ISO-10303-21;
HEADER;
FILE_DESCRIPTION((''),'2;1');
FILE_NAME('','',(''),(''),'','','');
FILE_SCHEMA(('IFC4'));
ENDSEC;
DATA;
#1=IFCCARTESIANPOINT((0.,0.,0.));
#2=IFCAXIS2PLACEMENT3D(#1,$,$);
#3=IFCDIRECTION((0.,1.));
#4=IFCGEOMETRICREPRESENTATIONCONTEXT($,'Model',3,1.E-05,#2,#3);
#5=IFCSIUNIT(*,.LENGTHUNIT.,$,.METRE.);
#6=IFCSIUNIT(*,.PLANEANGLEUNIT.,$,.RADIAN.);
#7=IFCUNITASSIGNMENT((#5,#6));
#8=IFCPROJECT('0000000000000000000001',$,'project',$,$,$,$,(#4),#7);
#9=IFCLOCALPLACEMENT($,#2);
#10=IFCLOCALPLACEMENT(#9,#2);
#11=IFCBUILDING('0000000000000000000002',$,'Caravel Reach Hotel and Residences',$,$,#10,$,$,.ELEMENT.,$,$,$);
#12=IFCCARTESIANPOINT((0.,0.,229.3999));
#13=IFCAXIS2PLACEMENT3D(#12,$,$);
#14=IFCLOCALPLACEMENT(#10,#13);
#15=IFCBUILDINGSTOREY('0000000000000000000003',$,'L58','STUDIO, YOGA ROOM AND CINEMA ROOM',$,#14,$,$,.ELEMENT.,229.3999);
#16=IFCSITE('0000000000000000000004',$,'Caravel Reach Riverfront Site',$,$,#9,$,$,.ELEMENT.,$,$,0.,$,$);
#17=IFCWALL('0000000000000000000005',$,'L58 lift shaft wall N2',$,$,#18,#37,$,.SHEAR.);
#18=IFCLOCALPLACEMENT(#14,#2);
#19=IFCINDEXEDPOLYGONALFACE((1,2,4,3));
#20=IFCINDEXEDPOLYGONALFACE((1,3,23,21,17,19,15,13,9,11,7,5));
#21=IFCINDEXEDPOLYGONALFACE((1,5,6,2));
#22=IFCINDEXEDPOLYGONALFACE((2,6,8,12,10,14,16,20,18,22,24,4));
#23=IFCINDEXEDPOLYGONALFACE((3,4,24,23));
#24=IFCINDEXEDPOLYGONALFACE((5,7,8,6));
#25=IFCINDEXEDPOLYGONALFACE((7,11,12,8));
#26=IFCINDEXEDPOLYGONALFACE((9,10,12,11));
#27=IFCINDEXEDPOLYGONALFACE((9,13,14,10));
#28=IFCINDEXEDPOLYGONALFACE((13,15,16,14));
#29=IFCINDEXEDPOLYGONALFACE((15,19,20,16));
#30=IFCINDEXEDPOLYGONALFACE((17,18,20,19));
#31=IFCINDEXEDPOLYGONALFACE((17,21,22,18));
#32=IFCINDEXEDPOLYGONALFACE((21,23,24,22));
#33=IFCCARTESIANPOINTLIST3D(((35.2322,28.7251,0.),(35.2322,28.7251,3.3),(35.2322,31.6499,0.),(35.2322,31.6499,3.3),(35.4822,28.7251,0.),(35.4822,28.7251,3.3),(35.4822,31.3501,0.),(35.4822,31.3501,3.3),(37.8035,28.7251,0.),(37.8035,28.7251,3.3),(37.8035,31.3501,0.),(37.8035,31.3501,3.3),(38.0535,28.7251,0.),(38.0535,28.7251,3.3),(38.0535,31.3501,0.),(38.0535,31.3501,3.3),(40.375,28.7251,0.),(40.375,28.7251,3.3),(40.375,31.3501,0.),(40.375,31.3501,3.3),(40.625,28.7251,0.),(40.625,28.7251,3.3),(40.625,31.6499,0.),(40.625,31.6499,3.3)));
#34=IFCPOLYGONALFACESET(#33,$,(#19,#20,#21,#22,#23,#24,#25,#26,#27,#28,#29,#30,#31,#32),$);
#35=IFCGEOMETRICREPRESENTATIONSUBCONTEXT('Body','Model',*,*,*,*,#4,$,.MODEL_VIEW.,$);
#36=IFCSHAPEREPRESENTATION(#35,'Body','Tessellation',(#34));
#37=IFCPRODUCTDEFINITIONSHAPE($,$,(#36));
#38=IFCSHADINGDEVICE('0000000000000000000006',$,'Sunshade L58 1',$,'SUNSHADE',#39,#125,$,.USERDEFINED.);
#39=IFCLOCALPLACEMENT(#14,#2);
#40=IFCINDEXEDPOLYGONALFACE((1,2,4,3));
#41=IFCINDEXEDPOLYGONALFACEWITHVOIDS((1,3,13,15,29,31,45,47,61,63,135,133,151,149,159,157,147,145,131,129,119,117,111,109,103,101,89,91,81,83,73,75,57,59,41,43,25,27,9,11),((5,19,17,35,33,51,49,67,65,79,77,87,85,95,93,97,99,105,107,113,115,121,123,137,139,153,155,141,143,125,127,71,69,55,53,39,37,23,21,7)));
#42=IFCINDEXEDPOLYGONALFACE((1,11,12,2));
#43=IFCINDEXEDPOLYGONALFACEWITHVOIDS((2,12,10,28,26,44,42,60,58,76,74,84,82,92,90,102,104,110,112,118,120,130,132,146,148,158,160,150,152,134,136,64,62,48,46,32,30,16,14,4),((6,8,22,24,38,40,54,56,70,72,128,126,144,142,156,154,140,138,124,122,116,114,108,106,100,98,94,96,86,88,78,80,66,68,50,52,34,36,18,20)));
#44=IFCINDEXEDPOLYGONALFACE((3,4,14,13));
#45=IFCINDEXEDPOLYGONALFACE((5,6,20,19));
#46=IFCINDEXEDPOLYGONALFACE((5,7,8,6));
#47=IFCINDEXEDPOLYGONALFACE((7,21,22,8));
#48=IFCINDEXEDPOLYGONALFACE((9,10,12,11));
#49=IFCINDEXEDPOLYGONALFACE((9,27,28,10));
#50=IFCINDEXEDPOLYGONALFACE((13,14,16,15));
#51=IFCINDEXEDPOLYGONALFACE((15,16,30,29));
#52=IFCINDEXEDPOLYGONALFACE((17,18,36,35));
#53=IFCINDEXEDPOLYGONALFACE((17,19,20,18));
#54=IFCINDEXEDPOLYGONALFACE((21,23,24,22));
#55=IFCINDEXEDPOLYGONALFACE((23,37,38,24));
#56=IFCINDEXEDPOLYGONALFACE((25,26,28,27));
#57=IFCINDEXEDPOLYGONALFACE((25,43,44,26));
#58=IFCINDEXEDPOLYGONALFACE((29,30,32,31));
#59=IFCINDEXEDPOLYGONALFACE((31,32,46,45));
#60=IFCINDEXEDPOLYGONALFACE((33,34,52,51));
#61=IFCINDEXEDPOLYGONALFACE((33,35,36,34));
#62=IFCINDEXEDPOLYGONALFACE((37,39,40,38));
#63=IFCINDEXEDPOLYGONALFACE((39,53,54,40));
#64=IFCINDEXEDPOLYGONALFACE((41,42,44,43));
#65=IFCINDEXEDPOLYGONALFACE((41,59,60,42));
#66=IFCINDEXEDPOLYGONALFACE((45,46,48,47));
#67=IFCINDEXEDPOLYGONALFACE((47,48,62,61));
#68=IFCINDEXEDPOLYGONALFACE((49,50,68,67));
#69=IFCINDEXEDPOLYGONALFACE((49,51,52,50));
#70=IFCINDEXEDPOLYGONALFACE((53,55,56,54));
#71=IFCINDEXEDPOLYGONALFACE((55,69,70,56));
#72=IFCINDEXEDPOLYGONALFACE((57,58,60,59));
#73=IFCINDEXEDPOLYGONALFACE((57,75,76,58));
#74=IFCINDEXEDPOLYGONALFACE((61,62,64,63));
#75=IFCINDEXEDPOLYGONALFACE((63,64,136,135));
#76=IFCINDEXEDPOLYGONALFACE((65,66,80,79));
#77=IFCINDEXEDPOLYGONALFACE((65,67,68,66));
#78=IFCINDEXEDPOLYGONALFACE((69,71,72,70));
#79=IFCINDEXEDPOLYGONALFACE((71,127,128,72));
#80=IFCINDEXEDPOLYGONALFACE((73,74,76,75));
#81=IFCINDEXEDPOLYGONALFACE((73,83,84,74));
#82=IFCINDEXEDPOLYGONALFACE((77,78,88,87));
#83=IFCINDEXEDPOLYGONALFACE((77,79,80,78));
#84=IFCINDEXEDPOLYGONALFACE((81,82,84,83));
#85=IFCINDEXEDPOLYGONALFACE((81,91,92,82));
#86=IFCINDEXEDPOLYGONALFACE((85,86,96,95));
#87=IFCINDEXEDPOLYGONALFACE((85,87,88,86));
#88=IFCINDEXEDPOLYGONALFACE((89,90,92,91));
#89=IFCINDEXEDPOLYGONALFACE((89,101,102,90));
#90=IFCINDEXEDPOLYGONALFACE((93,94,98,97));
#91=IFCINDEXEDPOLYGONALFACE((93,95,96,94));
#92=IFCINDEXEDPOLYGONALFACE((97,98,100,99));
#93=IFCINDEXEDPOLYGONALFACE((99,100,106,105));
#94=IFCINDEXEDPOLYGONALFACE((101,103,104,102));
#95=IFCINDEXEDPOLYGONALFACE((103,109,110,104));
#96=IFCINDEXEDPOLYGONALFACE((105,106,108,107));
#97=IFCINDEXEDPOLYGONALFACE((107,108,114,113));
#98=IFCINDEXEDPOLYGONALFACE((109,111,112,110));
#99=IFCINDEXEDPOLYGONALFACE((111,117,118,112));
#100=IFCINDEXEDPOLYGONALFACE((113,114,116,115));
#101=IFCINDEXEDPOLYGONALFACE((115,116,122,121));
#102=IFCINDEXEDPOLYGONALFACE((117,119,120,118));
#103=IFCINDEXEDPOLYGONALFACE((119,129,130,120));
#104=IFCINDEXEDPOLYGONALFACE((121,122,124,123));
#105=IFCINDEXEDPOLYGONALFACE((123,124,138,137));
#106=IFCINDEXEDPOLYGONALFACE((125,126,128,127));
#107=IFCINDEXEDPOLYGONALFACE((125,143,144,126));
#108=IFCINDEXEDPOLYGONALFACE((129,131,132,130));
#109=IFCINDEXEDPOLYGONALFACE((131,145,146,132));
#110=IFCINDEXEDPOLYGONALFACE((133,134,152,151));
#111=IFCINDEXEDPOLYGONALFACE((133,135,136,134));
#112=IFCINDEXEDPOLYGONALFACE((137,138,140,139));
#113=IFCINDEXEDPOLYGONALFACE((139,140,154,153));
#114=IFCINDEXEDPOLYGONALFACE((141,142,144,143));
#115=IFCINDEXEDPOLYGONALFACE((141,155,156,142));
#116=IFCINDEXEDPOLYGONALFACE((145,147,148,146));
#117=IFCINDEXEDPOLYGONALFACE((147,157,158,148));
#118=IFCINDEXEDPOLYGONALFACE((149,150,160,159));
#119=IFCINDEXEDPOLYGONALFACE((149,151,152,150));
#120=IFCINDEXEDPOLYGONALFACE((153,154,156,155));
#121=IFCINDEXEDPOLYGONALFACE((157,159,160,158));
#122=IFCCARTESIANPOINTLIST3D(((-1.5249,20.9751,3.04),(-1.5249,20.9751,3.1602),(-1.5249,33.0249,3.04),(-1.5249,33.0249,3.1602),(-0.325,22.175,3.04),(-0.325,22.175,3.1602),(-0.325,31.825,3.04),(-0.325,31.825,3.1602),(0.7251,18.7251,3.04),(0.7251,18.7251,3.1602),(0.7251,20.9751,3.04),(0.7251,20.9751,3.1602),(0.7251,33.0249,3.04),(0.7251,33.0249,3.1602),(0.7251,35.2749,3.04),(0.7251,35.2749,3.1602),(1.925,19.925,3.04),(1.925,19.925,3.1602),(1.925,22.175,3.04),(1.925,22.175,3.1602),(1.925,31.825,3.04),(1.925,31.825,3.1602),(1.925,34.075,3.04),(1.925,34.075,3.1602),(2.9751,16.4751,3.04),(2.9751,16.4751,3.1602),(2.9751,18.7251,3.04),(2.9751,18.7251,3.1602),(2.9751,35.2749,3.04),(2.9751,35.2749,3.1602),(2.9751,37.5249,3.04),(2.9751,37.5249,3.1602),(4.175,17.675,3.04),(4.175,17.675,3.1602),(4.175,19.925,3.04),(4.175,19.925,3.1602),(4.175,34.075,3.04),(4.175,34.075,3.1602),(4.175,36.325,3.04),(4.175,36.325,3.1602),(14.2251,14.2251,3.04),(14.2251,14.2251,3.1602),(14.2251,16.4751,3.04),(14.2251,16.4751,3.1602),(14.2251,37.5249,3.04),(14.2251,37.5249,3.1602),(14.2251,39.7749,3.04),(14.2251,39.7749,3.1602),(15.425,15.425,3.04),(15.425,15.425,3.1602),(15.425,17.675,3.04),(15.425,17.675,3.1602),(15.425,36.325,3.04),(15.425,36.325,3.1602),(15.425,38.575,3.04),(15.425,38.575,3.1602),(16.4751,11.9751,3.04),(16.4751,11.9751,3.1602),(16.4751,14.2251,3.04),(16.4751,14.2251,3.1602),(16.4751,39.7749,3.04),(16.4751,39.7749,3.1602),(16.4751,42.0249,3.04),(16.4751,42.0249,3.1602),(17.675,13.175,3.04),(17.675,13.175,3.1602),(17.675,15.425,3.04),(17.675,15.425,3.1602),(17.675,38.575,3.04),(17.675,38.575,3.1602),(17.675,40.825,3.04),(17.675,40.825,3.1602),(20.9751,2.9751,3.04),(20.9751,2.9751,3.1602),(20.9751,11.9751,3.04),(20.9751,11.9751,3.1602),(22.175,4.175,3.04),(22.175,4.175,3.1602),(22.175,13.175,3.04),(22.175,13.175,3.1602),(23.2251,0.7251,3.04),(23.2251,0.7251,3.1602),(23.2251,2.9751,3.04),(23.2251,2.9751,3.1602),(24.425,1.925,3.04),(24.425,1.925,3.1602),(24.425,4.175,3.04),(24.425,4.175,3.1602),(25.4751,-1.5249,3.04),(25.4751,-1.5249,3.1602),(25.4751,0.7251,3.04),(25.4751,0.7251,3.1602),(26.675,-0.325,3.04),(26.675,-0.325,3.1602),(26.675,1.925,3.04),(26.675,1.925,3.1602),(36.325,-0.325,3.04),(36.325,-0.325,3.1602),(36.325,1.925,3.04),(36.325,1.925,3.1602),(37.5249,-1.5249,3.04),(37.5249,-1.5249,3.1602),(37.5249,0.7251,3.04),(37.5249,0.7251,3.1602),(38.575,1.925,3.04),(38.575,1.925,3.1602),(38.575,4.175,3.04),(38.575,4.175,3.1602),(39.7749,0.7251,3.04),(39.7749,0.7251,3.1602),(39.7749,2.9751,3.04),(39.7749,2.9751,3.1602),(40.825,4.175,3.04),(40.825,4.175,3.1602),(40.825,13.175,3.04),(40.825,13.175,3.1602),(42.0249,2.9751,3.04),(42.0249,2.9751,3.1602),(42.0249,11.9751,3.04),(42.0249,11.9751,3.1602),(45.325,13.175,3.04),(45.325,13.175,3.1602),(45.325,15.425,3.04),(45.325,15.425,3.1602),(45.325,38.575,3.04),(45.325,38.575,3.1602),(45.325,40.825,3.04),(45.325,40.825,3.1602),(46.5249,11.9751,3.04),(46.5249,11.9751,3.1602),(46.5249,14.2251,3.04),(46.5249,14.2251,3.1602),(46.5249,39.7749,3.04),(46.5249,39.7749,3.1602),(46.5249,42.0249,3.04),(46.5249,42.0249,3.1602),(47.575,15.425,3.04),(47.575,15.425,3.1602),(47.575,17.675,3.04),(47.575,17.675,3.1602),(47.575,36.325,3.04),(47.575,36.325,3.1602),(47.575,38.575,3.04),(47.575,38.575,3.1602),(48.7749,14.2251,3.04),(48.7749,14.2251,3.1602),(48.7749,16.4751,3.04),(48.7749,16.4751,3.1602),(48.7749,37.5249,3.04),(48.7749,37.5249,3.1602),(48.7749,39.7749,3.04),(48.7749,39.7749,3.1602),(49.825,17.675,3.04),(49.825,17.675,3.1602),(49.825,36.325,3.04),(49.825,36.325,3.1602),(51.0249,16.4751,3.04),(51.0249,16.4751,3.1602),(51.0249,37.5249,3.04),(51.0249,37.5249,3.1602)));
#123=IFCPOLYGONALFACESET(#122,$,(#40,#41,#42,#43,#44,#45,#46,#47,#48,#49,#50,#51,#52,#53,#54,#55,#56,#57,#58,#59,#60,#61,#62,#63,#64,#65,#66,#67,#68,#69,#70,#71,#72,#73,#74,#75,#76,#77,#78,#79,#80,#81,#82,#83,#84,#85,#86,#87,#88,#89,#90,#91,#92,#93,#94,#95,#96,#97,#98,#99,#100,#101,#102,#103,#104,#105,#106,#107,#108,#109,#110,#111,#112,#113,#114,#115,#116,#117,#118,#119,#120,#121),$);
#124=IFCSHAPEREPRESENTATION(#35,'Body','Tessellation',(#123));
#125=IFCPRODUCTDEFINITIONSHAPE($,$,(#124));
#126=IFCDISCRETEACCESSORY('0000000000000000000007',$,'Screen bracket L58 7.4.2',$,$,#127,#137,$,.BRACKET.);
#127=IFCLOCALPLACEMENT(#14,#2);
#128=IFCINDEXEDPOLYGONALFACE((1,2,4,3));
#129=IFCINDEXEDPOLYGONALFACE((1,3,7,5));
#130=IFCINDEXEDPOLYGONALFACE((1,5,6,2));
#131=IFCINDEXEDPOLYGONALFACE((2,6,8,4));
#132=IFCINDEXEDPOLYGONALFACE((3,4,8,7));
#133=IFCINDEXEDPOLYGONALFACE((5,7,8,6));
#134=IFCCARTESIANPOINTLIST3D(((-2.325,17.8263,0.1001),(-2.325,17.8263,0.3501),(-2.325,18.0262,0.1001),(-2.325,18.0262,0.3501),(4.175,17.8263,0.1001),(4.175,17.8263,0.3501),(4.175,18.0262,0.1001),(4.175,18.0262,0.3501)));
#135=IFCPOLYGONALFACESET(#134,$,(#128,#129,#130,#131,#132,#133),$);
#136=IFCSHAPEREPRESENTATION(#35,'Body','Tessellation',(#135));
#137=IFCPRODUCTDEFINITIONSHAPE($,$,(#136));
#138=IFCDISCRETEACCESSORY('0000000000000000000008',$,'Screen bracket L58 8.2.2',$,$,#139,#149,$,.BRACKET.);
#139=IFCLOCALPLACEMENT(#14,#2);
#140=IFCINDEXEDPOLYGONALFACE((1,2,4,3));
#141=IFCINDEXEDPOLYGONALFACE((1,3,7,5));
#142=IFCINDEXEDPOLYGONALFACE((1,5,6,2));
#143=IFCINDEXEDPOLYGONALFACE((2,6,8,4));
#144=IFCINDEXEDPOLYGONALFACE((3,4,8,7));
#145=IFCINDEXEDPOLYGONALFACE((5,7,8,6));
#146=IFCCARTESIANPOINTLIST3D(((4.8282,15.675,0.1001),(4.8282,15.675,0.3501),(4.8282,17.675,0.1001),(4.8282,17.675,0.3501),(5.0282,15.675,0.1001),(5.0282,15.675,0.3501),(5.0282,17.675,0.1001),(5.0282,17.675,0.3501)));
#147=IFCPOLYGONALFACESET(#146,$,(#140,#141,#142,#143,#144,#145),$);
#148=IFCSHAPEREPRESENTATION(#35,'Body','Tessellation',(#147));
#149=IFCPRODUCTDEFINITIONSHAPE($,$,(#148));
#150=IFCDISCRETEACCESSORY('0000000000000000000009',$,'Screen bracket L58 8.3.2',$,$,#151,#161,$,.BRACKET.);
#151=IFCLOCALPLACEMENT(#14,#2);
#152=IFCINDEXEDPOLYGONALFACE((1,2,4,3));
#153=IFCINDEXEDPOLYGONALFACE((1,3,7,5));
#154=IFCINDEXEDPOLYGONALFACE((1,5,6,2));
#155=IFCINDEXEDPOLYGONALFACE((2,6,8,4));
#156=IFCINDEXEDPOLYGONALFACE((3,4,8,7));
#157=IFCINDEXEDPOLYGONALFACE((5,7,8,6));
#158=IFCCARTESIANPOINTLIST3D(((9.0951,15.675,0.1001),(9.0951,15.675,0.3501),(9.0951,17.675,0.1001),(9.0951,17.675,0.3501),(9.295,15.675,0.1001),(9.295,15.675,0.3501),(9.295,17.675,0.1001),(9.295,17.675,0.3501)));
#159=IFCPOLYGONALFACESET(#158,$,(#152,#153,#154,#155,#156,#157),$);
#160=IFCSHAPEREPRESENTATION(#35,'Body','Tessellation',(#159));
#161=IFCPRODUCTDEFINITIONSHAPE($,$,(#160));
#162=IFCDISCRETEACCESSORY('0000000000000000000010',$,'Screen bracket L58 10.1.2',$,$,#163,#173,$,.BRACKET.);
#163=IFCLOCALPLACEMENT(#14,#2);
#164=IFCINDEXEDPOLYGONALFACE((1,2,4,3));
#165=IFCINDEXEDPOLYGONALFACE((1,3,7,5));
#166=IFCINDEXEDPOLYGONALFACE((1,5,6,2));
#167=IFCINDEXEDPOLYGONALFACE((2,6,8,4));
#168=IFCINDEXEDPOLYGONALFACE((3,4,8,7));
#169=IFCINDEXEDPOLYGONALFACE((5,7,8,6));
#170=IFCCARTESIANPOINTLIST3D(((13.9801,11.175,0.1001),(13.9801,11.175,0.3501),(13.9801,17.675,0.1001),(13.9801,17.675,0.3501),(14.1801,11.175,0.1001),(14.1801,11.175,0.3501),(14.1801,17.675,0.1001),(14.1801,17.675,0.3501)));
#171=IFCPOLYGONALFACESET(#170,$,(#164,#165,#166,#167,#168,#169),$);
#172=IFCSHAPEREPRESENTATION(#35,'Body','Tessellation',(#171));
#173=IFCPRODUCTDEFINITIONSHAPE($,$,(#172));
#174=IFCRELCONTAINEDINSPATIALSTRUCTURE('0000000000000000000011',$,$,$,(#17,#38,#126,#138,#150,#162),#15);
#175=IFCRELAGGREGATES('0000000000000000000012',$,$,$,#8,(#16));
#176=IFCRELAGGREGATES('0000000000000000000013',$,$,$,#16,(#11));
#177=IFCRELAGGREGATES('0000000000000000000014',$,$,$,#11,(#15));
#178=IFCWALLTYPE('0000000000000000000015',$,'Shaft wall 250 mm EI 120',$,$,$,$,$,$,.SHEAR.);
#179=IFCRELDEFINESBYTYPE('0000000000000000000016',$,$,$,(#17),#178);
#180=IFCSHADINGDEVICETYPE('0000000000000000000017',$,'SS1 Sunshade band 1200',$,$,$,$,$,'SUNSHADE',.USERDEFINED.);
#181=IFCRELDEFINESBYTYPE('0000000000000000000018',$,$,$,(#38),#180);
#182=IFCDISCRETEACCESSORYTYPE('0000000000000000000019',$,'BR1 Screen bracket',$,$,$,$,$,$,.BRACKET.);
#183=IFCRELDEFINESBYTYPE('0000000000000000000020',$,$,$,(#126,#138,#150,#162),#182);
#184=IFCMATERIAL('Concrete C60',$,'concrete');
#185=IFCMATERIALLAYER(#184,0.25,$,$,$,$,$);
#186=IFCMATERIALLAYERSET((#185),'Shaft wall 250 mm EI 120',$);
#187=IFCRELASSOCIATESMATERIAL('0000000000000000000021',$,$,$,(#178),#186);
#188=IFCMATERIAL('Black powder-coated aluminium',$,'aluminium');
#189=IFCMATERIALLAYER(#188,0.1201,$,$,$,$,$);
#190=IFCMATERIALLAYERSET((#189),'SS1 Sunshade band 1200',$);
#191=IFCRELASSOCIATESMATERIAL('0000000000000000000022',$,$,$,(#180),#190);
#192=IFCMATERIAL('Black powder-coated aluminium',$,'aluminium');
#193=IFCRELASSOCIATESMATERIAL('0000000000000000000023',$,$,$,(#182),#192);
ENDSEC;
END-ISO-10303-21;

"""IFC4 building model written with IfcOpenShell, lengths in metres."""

from ifc_helpers import new_model, si_unit, direction, frame, origin, origin_2d, place, context, subcontext, project, spatial, polyline, rectangle, outline, extrude, material, layer, layer_set, type_object, element, save


model = new_model("IFC4")

# Units and contexts
model_context = context("Model", 3, precision=1e-05, world=origin(), true_north=direction((0.0, 1.0)))
body_context = subcontext(model_context, "Body", "Model", "MODEL_VIEW")
ifc_project = project(units=[si_unit("LENGTHUNIT", "METRE"), si_unit("PLANEANGLEUNIT", "RADIAN")], contexts=[model_context])

# Site, building, storey
site_placement = place(None, origin())
site = spatial("IfcSite", under=ifc_project, at=site_placement, Name="Caravel Reach Riverfront Site", CompositionType="ELEMENT", RefElevation=0.0)
building_placement = place(site_placement, origin())
building = spatial("IfcBuilding", under=site, at=building_placement, Name="Caravel Reach Hotel and Residences", CompositionType="ELEMENT")
storey_placement = place(building_placement, frame((0.0, 0.0, 229.3999)))
storey = spatial("IfcBuildingStorey", under=building, at=storey_placement, Name="L58", Description="STUDIO, YOGA ROOM AND CINEMA ROOM", CompositionType="ELEMENT", Elevation=229.3999)

# Wall
ifc_material_1 = material(Name="Concrete C60", Category="concrete")
ifc_layer_1 = layer(ifc_material_1, 0.25)
ifc_layer_set_1 = layer_set([ifc_layer_1], Name="Shaft wall 250 mm EI 120")
wall_type_1 = type_object("IfcWallType", Name="Shaft wall 250 mm EI 120", PredefinedType="SHEAR", material=ifc_layer_set_1)
wall_1_placement = place(storey_placement, origin())
element("IfcWall", 1, at=wall_1_placement, inside=storey, type_object=wall_type_1, Name="L58 lift shaft wall N2", PredefinedType="SHEAR", context=body_context, shape_type="SweptSolid", body=[
    extrude(outline(polyline([(35.2322, 28.7251), (35.4822, 28.7251), (35.4822, 31.3501), (37.8035, 31.3501), (37.8035, 28.7251), (38.0535, 28.7251), (38.0535, 31.3501), (40.375, 31.3501), (40.375, 28.7251), (40.625, 28.7251), (40.625, 31.6499), (35.2322, 31.6499), (35.2322, 28.7251)])), origin(), (0.0, 0.0, 1.0), 3.3),
])

# Shading device
ifc_material_2 = material(Name="Black powder-coated aluminium", Category="aluminium")
ifc_layer_2 = layer(ifc_material_2, 0.1201)
ifc_layer_set_2 = layer_set([ifc_layer_2], Name="SS1 Sunshade band 1200")
shading_device_type = type_object("IfcShadingDeviceType", Name="SS1 Sunshade band 1200", ElementType="SUNSHADE", PredefinedType="USERDEFINED", material=ifc_layer_set_2)
shading_device_placement = place(storey_placement, frame((0.0, 0.0, 3.04)))
element("IfcShadingDevice", 2, at=shading_device_placement, inside=storey, type_object=shading_device_type, Name="Sunshade L58 1", ObjectType="SUNSHADE", PredefinedType="USERDEFINED", context=body_context, shape_type="SweptSolid", body=[
    extrude(outline(polyline([(42.0249, 2.9751), (42.0249, 11.9751), (46.5249, 11.9751), (46.5249, 14.2251), (48.7749, 14.2251), (48.7749, 16.4751), (51.0249, 16.4751), (51.0249, 37.5249), (48.7749, 37.5249), (48.7749, 39.7749), (46.5249, 39.7749), (46.5249, 42.0249), (16.4751, 42.0249), (16.4751, 39.7749), (14.2251, 39.7749), (14.2251, 37.5249), (2.9751, 37.5249), (2.9751, 35.2749), (0.7251, 35.2749), (0.7251, 33.0249), (-1.5249, 33.0249), (-1.5249, 20.9751), (0.7251, 20.9751), (0.7251, 18.7251), (2.9751, 18.7251), (2.9751, 16.4751), (14.2251, 16.4751), (14.2251, 14.2251), (16.4751, 14.2251), (16.4751, 11.9751), (20.9751, 11.9751), (20.9751, 2.9751), (23.2251, 2.9751), (23.2251, 0.7251), (25.4751, 0.7251), (25.4751, -1.5249), (37.5249, -1.5249), (37.5249, 0.7251), (39.7749, 0.7251), (39.7749, 2.9751), (42.0249, 2.9751)]), holes=[polyline([(45.325, 13.175), (40.825, 13.175), (40.825, 4.175), (38.575, 4.175), (38.575, 1.925), (36.325, 1.925), (36.325, -0.325), (26.675, -0.325), (26.675, 1.925), (24.425, 1.925), (24.425, 4.175), (22.175, 4.175), (22.175, 13.175), (17.675, 13.175), (17.675, 15.425), (15.425, 15.425), (15.425, 17.675), (4.175, 17.675), (4.175, 19.925), (1.925, 19.925), (1.925, 22.175), (-0.325, 22.175), (-0.325, 31.825), (1.925, 31.825), (1.925, 34.075), (4.175, 34.075), (4.175, 36.325), (15.425, 36.325), (15.425, 38.575), (17.675, 38.575), (17.675, 40.825), (45.325, 40.825), (45.325, 38.575), (47.575, 38.575), (47.575, 36.325), (49.825, 36.325), (49.825, 17.675), (47.575, 17.675), (47.575, 15.425), (45.325, 15.425), (45.325, 13.175)])]), origin(), (0.0, 0.0, 1.0), 0.1201),
])

# Discrete accessories
ifc_material_3 = material(Name="Black powder-coated aluminium", Category="aluminium")
discrete_accessory_type = type_object("IfcDiscreteAccessoryType", Name="BR1 Screen bracket", PredefinedType="BRACKET", material=ifc_material_3)
discrete_accessory_1_placement = place(storey_placement, frame((0.925, 17.9263, 0.1001), z_axis=(0.0, 0.0, 1.0), x_axis=(-1.0, 0.0, 0.0)))
element("IfcDiscreteAccessory", 3, at=discrete_accessory_1_placement, inside=storey, type_object=discrete_accessory_type, Name="Screen bracket L58 7.4.2", PredefinedType="BRACKET", context=body_context, shape_type="SweptSolid", body=[
    extrude(rectangle(XDim=6.5, YDim=0.2, at=origin_2d()), origin(), (0.0, 0.0, 1.0), 0.25),
])
for number, where, z_axis, x_axis, name in (
    (4, (4.9282, 16.675, 0.1001), (0.0, 0.0, 1.0), (0.0, -1.0, 0.0), "Screen bracket L58 8.2.2"),
    (5, (9.1951, 16.675, 0.1001), (0.0, 0.0, 1.0), (0.0, -1.0, 0.0), "Screen bracket L58 8.3.2"),
):
    element("IfcDiscreteAccessory", number, at=place(storey_placement, frame(where, z_axis=z_axis, x_axis=x_axis)), inside=storey, type_object=discrete_accessory_type, Name=name, PredefinedType="BRACKET", context=body_context, shape_type="SweptSolid", body=[
        extrude(rectangle(XDim=2.0, YDim=0.2, at=origin_2d()), origin(), (0.0, 0.0, 1.0), 0.25),
    ])
discrete_accessory_2_placement = place(storey_placement, frame((14.0801, 14.425, 0.1001), z_axis=(0.0, 0.0, 1.0), x_axis=(0.0, -1.0, 0.0)))
element("IfcDiscreteAccessory", 6, at=discrete_accessory_2_placement, inside=storey, type_object=discrete_accessory_type, Name="Screen bracket L58 10.1.2", PredefinedType="BRACKET", context=body_context, shape_type="SweptSolid", body=[
    extrude(rectangle(XDim=6.5, YDim=0.2, at=origin_2d()), origin(), (0.0, 0.0, 1.0), 0.25),
])

save(model, "model.ifc")
